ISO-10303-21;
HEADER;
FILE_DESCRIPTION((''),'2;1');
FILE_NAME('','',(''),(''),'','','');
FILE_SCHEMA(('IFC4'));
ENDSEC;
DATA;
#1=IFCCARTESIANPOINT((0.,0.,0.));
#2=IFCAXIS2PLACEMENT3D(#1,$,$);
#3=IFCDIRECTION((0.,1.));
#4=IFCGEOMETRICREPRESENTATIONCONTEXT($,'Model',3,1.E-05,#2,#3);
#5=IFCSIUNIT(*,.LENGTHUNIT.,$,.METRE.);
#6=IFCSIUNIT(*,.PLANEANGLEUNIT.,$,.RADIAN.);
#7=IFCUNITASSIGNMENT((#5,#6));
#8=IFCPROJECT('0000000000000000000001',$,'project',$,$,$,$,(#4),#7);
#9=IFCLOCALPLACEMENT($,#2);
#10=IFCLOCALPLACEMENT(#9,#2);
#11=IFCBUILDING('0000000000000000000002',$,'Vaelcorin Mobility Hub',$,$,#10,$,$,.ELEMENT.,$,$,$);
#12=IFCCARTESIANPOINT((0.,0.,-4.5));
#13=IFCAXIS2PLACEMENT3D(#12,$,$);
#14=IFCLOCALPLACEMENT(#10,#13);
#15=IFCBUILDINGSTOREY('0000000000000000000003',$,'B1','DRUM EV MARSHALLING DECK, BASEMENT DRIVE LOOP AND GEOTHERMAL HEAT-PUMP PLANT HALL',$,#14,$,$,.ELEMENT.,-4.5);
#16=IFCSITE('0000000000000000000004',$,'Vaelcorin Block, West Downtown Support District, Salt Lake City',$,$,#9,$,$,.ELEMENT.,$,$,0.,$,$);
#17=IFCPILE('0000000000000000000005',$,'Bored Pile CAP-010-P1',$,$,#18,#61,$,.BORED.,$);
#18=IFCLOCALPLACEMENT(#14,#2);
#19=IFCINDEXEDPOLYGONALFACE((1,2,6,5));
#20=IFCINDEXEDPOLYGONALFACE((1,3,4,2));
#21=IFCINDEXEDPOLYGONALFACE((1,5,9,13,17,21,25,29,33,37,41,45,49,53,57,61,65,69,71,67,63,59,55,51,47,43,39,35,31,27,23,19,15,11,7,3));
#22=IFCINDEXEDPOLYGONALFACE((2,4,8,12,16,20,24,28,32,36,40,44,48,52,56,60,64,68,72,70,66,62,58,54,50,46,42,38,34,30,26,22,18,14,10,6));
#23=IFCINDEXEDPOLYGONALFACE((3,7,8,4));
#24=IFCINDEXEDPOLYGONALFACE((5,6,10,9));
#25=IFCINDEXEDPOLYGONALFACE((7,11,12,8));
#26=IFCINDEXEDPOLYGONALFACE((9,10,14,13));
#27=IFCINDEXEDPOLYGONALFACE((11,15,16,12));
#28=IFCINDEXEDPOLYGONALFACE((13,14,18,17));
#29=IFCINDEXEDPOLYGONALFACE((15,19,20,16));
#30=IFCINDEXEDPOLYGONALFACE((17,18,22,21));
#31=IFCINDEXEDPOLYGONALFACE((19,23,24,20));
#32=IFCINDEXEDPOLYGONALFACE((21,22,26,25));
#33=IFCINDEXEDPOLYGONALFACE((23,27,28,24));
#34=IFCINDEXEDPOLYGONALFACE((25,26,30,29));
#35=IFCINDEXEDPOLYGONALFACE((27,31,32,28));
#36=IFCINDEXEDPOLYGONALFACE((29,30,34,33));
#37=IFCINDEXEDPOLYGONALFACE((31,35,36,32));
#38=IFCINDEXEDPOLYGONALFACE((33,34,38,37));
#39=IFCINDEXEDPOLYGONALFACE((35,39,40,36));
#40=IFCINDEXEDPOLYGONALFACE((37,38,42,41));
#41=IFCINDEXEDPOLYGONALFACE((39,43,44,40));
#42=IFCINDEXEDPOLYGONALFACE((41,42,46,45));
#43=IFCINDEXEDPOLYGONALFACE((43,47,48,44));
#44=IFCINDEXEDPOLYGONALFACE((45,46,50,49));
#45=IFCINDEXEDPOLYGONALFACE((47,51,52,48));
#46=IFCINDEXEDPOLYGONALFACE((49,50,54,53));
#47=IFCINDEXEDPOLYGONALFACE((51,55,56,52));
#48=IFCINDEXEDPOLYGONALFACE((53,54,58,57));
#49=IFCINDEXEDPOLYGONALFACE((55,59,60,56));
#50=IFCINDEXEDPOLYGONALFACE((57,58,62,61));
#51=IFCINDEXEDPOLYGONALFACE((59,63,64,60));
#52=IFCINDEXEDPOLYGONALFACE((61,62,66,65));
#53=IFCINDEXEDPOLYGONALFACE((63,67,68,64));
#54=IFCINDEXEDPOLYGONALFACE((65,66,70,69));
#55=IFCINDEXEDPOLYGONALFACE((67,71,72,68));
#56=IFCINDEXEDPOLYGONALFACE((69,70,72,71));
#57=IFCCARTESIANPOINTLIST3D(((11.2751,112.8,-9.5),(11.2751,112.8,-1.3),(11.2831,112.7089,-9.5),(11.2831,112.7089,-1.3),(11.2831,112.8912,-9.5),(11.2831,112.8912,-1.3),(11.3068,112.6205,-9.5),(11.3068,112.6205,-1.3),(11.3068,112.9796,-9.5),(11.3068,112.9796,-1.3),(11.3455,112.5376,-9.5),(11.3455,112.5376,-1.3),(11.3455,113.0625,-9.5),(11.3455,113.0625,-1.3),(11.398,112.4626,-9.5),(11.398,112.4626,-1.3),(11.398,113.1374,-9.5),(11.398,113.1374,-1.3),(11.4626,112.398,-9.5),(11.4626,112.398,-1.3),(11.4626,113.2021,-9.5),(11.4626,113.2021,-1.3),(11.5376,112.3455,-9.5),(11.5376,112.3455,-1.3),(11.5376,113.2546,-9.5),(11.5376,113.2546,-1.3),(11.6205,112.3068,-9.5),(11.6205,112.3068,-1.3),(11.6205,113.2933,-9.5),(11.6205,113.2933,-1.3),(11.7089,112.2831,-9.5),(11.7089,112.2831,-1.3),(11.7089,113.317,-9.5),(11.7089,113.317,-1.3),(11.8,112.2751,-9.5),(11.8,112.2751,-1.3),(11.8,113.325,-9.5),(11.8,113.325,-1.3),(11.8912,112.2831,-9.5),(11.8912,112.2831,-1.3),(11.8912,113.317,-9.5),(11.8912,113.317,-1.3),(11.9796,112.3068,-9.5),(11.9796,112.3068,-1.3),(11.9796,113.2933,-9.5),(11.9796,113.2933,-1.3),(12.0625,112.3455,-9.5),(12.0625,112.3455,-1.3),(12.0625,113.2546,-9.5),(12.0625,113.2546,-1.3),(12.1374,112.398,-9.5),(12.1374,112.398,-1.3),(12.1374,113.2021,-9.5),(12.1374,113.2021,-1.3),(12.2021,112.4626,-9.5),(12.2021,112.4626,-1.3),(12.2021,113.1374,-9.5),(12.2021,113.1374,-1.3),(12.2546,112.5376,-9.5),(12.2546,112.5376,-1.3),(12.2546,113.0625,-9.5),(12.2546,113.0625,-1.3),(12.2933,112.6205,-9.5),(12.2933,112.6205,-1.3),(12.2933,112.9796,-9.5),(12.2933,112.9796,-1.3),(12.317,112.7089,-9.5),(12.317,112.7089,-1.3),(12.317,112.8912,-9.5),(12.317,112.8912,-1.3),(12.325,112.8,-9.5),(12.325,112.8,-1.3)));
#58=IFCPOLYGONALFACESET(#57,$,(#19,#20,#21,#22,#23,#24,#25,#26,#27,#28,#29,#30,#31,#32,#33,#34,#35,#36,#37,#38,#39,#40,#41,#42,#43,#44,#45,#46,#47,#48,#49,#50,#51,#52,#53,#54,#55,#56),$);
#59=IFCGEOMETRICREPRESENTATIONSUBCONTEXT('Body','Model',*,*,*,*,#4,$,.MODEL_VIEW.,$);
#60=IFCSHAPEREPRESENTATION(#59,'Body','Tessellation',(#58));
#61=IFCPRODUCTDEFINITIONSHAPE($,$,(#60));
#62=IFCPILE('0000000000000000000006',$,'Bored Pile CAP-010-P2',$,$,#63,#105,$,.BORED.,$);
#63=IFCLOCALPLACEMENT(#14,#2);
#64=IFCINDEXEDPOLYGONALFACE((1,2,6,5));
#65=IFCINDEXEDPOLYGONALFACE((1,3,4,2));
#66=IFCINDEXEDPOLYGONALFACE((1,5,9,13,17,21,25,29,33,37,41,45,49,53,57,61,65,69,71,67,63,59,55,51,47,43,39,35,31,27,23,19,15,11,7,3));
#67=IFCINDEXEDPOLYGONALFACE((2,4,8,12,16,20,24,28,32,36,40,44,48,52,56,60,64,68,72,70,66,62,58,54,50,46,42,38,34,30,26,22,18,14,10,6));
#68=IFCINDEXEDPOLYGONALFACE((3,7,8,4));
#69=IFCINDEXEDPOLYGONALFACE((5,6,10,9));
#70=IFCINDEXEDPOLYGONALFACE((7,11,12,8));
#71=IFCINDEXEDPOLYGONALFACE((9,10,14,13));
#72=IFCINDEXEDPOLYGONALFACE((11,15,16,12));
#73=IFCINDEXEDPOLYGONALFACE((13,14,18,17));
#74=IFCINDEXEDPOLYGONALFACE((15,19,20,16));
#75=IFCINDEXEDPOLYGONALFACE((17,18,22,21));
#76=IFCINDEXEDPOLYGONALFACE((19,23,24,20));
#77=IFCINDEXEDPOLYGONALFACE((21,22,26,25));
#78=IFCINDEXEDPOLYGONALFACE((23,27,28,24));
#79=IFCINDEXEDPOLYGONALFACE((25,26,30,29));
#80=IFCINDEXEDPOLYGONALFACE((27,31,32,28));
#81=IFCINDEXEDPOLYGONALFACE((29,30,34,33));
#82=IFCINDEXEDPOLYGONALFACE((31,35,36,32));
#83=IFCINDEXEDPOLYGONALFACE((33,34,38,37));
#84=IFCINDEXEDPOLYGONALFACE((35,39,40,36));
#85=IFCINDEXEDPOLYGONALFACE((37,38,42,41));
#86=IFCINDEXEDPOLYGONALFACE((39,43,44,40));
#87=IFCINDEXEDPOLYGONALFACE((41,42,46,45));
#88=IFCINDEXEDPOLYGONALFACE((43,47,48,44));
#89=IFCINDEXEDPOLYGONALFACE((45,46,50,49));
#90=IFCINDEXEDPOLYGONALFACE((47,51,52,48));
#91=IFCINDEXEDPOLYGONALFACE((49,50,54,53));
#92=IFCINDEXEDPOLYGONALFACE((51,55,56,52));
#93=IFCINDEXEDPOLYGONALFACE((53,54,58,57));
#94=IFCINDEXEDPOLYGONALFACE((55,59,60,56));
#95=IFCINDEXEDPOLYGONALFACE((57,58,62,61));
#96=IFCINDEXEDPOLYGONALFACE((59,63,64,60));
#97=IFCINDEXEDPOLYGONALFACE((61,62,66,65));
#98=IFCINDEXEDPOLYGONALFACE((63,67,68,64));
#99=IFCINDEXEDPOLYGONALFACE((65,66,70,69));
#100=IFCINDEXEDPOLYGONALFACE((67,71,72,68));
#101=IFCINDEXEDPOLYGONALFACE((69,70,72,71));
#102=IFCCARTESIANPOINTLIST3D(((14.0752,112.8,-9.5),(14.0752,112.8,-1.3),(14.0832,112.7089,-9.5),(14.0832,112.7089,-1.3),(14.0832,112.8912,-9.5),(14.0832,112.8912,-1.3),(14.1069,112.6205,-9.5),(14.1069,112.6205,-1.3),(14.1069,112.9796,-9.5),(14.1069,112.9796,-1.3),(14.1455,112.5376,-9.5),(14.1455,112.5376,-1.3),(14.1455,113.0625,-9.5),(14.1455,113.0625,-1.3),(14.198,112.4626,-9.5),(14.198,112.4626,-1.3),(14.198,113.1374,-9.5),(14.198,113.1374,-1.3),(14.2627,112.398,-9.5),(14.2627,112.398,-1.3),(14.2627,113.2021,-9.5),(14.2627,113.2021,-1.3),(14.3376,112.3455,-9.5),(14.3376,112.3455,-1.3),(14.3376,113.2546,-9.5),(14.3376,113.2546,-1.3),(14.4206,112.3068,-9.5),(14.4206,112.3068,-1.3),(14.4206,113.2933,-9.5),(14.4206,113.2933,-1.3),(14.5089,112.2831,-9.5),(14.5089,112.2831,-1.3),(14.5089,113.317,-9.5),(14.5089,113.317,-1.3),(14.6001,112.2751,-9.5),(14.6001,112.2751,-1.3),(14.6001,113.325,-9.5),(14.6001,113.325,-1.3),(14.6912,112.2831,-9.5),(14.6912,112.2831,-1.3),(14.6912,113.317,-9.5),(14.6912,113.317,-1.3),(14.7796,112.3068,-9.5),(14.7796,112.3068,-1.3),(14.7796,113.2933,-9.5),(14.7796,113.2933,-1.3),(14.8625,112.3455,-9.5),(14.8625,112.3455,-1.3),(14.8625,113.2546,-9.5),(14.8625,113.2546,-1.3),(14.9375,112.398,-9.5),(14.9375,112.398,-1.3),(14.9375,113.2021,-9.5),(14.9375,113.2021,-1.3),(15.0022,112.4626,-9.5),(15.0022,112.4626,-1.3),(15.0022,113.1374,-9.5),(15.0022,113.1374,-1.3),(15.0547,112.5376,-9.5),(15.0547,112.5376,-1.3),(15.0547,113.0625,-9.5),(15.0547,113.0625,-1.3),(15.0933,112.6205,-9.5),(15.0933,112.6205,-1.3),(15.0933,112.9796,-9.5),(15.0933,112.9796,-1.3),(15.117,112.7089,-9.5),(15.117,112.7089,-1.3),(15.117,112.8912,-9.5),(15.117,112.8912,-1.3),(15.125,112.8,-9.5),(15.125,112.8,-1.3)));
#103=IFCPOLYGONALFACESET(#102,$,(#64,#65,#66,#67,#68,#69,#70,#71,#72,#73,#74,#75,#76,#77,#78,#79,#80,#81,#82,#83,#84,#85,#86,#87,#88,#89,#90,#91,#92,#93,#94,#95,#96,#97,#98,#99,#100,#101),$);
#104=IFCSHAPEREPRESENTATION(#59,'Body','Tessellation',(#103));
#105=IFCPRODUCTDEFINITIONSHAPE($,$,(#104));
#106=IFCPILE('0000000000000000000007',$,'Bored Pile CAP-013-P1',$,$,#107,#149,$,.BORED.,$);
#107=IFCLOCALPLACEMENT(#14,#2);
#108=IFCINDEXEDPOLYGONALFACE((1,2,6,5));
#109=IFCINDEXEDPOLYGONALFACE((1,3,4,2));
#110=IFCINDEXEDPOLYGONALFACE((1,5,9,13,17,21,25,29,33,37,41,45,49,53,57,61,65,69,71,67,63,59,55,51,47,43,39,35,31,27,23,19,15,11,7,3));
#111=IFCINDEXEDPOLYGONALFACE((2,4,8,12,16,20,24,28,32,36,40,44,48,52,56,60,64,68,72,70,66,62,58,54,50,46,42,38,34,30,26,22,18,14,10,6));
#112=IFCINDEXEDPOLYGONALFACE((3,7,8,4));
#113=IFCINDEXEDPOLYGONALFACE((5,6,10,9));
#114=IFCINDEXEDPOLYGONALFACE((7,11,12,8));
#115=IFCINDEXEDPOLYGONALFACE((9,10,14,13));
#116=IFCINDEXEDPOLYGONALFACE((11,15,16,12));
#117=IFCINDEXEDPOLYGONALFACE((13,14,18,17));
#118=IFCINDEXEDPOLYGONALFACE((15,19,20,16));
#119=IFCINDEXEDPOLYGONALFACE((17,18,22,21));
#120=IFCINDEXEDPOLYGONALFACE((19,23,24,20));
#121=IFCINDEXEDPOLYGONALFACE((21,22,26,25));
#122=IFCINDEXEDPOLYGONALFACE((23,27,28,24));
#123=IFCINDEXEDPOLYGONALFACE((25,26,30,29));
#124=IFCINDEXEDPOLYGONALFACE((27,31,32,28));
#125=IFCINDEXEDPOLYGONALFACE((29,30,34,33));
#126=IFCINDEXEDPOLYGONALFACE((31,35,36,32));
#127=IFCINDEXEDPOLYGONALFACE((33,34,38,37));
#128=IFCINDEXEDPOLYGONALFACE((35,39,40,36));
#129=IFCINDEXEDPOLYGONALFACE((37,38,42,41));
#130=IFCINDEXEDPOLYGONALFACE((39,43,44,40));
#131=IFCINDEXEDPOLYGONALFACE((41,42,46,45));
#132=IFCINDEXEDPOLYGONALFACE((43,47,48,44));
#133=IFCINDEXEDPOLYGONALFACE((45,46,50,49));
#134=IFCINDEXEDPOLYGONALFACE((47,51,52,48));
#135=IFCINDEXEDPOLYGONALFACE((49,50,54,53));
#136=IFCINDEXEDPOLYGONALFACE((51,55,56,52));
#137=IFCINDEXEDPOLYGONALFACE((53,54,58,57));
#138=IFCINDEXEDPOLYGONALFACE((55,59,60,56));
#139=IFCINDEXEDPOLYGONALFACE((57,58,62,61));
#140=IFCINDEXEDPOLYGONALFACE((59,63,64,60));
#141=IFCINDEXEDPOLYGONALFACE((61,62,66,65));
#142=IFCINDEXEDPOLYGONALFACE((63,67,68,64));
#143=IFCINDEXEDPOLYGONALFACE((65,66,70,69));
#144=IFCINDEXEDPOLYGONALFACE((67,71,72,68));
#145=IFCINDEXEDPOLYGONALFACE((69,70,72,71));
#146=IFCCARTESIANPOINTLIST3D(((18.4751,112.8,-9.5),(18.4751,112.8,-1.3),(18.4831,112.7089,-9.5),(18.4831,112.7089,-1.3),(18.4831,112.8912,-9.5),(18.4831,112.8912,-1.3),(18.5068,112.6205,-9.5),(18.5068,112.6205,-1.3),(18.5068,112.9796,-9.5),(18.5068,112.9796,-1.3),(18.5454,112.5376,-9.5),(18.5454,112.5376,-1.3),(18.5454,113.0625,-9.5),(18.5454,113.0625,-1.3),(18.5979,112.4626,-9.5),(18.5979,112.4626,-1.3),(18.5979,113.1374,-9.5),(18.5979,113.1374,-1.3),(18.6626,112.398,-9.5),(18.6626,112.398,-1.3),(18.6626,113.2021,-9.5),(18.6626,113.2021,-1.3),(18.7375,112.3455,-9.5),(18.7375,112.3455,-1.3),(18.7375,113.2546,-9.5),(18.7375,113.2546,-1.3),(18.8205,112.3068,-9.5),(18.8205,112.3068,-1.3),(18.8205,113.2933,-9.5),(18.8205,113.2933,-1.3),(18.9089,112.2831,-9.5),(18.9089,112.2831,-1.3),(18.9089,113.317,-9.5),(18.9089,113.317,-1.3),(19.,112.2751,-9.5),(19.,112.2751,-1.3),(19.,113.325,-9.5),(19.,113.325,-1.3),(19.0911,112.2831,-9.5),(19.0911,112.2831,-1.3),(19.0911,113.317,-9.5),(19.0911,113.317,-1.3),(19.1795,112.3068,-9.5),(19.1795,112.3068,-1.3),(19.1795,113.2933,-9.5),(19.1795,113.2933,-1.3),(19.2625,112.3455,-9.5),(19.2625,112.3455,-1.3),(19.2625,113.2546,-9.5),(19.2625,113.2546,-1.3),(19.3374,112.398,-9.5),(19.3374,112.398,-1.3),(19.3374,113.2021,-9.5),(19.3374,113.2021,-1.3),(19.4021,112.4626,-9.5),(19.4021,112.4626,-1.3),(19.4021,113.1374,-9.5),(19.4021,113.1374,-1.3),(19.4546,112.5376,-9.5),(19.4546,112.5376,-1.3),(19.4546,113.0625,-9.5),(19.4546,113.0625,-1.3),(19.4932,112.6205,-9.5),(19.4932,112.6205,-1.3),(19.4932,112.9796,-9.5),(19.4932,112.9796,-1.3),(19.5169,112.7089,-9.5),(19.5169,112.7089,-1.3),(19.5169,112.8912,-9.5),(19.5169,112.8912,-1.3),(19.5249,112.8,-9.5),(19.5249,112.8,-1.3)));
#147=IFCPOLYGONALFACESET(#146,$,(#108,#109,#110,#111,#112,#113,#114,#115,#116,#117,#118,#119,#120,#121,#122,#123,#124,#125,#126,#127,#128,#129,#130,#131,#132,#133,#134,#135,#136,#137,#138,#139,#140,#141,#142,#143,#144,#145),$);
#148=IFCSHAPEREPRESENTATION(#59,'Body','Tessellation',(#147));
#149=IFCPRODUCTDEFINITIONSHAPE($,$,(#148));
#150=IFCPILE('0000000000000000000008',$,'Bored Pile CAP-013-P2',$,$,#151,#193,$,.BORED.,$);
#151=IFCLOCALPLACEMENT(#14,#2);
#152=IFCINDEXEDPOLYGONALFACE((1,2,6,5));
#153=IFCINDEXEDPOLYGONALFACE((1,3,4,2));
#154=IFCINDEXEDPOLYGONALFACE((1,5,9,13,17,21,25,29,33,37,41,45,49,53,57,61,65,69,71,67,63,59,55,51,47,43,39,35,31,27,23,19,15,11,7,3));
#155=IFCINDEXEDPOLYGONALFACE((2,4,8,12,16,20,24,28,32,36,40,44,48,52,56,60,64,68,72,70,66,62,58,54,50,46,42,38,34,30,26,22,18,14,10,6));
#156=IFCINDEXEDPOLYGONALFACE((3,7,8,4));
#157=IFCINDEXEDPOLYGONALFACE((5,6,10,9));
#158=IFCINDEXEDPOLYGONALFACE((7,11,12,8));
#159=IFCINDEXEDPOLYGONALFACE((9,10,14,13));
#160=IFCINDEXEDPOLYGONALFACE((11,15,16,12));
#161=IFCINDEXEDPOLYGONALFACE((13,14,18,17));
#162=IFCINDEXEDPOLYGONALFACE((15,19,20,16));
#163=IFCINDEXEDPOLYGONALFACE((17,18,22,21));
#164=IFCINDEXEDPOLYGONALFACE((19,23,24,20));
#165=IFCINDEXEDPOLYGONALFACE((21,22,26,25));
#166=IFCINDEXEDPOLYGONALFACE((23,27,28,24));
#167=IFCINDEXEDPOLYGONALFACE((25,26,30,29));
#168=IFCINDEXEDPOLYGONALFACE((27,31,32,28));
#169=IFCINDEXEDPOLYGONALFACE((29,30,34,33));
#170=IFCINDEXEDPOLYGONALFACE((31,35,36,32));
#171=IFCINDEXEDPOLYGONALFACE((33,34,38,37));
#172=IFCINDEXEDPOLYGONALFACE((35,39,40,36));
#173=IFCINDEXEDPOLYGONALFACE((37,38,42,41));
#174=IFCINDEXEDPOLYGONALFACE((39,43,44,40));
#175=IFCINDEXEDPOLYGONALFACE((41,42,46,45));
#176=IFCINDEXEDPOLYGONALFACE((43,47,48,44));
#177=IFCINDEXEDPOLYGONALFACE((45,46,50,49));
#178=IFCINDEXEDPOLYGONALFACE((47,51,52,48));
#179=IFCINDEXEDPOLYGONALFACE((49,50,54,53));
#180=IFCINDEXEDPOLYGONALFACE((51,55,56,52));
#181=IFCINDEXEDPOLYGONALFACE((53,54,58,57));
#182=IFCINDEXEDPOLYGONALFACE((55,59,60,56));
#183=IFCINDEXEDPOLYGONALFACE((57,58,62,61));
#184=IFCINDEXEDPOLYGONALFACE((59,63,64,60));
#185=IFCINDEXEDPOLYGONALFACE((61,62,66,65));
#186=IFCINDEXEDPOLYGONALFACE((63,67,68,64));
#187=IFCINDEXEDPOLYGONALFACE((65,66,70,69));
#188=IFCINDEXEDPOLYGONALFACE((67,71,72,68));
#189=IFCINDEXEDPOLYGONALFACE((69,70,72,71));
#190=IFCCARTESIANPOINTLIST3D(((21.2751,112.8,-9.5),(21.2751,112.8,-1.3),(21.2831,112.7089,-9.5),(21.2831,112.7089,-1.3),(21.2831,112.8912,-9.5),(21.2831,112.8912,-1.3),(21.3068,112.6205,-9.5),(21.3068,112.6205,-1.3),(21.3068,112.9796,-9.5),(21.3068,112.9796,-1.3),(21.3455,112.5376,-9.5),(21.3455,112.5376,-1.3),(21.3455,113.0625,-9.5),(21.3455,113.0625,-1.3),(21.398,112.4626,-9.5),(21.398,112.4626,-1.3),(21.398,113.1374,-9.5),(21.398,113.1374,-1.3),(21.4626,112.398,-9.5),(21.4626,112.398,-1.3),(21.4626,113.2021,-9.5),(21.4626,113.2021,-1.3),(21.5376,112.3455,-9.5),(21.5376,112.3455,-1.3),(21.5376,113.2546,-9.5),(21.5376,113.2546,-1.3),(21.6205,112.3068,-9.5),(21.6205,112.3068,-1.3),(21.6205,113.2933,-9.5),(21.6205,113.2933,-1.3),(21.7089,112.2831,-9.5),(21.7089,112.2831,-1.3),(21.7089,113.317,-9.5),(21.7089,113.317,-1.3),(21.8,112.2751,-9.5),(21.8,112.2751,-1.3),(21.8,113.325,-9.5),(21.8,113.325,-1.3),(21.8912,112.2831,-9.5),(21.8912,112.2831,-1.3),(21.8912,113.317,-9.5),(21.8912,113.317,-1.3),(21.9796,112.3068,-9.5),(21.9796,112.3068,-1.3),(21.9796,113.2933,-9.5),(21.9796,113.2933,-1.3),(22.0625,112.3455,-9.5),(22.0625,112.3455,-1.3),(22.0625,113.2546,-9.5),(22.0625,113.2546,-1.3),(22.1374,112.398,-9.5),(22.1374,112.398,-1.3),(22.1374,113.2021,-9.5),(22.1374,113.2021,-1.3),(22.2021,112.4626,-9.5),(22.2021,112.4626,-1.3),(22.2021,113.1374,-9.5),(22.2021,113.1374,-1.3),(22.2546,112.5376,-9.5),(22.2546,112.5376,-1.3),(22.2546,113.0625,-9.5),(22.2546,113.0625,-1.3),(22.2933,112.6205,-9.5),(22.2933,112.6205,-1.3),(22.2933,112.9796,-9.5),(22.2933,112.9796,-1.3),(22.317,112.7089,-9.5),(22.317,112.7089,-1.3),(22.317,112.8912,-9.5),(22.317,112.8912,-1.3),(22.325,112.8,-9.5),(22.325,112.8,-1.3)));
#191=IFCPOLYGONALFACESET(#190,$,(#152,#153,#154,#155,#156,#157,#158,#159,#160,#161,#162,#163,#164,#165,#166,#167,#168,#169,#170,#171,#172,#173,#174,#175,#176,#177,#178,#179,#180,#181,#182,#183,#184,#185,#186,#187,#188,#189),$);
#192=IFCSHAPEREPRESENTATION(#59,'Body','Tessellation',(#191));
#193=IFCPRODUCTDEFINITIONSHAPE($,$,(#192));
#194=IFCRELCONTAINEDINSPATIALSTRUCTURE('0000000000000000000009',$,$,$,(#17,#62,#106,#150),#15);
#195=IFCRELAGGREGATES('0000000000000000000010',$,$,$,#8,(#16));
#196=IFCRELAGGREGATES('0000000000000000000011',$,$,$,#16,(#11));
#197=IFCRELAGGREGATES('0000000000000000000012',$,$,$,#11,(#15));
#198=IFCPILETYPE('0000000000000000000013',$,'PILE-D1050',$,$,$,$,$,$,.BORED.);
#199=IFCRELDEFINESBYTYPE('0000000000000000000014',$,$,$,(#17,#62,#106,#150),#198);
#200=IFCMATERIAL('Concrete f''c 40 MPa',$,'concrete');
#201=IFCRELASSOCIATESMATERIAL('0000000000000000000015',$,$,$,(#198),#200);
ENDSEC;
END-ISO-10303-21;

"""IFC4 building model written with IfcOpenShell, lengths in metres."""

from ifc_helpers import new_model, si_unit, direction, frame, origin, origin_2d, place, context, subcontext, project, spatial, circle, extrude, material, material_profile, profile_set, type_object, element, save


model = new_model("IFC4")

# Units and contexts
model_context = context("Model", 3, precision=1e-05, world=origin(), true_north=direction((0.0, 1.0)))
body_context = subcontext(model_context, "Body", "Model", "MODEL_VIEW")
ifc_project = project(units=[si_unit("LENGTHUNIT", "METRE"), si_unit("PLANEANGLEUNIT", "RADIAN")], contexts=[model_context])

# Site, building, storey
site_placement = place(None, origin())
site = spatial("IfcSite", under=ifc_project, at=site_placement, Name="Vaelcorin Block, West Downtown Support District, Salt Lake City", CompositionType="ELEMENT", RefElevation=0.0)
building_placement = place(site_placement, origin())
building = spatial("IfcBuilding", under=site, at=building_placement, Name="Vaelcorin Mobility Hub", CompositionType="ELEMENT")
storey_placement = place(building_placement, frame((0.0, 0.0, -4.5)))
storey = spatial("IfcBuildingStorey", under=building, at=storey_placement, Name="B1", Description="DRUM EV MARSHALLING DECK, BASEMENT DRIVE LOOP AND GEOTHERMAL HEAT-PUMP PLANT HALL", CompositionType="ELEMENT", Elevation=-4.5)

# Shared definitions
ifc_material_1 = material(Name="Concrete f'c 40 MPa", Category="concrete")

# Piles
ifc_material_profile_1 = material_profile(ifc_material_1, circle(Radius=0.5249, at=origin_2d()), Name="BP-D1050")
ifc_profile_set_1 = profile_set([ifc_material_profile_1], Name="Concrete f'c 40 MPa")
pile_type = type_object("IfcPileType", Name="PILE-D1050", PredefinedType="BORED", material=ifc_profile_set_1)
for number, where, z_axis, x_axis, name in (
    (1, (11.8, 112.8, -1.3), (0.0, 0.0, -1.0), (1.0, 0.0, 0.0), "Bored Pile CAP-010-P1"),
    (2, (14.6001, 112.8, -1.3), (0.0, 0.0, -1.0), (1.0, 0.0, 0.0), "Bored Pile CAP-010-P2"),
    (3, (19.0, 112.8, -1.3), (0.0, 0.0, -1.0), (1.0, 0.0, 0.0), "Bored Pile CAP-013-P1"),
    (4, (21.8, 112.8, -1.3), (0.0, 0.0, -1.0), (1.0, 0.0, 0.0), "Bored Pile CAP-013-P2"),
):
    element("IfcPile", number, at=place(storey_placement, frame(where, z_axis=z_axis, x_axis=x_axis)), inside=storey, type_object=pile_type, Name=name, PredefinedType="BORED", context=body_context, shape_type="SweptSolid", body=[
        extrude(circle(Radius=0.5249, at=origin_2d()), origin(), (0.0, 0.0, 1.0), 8.2),
    ])

save(model, "model.ifc")
